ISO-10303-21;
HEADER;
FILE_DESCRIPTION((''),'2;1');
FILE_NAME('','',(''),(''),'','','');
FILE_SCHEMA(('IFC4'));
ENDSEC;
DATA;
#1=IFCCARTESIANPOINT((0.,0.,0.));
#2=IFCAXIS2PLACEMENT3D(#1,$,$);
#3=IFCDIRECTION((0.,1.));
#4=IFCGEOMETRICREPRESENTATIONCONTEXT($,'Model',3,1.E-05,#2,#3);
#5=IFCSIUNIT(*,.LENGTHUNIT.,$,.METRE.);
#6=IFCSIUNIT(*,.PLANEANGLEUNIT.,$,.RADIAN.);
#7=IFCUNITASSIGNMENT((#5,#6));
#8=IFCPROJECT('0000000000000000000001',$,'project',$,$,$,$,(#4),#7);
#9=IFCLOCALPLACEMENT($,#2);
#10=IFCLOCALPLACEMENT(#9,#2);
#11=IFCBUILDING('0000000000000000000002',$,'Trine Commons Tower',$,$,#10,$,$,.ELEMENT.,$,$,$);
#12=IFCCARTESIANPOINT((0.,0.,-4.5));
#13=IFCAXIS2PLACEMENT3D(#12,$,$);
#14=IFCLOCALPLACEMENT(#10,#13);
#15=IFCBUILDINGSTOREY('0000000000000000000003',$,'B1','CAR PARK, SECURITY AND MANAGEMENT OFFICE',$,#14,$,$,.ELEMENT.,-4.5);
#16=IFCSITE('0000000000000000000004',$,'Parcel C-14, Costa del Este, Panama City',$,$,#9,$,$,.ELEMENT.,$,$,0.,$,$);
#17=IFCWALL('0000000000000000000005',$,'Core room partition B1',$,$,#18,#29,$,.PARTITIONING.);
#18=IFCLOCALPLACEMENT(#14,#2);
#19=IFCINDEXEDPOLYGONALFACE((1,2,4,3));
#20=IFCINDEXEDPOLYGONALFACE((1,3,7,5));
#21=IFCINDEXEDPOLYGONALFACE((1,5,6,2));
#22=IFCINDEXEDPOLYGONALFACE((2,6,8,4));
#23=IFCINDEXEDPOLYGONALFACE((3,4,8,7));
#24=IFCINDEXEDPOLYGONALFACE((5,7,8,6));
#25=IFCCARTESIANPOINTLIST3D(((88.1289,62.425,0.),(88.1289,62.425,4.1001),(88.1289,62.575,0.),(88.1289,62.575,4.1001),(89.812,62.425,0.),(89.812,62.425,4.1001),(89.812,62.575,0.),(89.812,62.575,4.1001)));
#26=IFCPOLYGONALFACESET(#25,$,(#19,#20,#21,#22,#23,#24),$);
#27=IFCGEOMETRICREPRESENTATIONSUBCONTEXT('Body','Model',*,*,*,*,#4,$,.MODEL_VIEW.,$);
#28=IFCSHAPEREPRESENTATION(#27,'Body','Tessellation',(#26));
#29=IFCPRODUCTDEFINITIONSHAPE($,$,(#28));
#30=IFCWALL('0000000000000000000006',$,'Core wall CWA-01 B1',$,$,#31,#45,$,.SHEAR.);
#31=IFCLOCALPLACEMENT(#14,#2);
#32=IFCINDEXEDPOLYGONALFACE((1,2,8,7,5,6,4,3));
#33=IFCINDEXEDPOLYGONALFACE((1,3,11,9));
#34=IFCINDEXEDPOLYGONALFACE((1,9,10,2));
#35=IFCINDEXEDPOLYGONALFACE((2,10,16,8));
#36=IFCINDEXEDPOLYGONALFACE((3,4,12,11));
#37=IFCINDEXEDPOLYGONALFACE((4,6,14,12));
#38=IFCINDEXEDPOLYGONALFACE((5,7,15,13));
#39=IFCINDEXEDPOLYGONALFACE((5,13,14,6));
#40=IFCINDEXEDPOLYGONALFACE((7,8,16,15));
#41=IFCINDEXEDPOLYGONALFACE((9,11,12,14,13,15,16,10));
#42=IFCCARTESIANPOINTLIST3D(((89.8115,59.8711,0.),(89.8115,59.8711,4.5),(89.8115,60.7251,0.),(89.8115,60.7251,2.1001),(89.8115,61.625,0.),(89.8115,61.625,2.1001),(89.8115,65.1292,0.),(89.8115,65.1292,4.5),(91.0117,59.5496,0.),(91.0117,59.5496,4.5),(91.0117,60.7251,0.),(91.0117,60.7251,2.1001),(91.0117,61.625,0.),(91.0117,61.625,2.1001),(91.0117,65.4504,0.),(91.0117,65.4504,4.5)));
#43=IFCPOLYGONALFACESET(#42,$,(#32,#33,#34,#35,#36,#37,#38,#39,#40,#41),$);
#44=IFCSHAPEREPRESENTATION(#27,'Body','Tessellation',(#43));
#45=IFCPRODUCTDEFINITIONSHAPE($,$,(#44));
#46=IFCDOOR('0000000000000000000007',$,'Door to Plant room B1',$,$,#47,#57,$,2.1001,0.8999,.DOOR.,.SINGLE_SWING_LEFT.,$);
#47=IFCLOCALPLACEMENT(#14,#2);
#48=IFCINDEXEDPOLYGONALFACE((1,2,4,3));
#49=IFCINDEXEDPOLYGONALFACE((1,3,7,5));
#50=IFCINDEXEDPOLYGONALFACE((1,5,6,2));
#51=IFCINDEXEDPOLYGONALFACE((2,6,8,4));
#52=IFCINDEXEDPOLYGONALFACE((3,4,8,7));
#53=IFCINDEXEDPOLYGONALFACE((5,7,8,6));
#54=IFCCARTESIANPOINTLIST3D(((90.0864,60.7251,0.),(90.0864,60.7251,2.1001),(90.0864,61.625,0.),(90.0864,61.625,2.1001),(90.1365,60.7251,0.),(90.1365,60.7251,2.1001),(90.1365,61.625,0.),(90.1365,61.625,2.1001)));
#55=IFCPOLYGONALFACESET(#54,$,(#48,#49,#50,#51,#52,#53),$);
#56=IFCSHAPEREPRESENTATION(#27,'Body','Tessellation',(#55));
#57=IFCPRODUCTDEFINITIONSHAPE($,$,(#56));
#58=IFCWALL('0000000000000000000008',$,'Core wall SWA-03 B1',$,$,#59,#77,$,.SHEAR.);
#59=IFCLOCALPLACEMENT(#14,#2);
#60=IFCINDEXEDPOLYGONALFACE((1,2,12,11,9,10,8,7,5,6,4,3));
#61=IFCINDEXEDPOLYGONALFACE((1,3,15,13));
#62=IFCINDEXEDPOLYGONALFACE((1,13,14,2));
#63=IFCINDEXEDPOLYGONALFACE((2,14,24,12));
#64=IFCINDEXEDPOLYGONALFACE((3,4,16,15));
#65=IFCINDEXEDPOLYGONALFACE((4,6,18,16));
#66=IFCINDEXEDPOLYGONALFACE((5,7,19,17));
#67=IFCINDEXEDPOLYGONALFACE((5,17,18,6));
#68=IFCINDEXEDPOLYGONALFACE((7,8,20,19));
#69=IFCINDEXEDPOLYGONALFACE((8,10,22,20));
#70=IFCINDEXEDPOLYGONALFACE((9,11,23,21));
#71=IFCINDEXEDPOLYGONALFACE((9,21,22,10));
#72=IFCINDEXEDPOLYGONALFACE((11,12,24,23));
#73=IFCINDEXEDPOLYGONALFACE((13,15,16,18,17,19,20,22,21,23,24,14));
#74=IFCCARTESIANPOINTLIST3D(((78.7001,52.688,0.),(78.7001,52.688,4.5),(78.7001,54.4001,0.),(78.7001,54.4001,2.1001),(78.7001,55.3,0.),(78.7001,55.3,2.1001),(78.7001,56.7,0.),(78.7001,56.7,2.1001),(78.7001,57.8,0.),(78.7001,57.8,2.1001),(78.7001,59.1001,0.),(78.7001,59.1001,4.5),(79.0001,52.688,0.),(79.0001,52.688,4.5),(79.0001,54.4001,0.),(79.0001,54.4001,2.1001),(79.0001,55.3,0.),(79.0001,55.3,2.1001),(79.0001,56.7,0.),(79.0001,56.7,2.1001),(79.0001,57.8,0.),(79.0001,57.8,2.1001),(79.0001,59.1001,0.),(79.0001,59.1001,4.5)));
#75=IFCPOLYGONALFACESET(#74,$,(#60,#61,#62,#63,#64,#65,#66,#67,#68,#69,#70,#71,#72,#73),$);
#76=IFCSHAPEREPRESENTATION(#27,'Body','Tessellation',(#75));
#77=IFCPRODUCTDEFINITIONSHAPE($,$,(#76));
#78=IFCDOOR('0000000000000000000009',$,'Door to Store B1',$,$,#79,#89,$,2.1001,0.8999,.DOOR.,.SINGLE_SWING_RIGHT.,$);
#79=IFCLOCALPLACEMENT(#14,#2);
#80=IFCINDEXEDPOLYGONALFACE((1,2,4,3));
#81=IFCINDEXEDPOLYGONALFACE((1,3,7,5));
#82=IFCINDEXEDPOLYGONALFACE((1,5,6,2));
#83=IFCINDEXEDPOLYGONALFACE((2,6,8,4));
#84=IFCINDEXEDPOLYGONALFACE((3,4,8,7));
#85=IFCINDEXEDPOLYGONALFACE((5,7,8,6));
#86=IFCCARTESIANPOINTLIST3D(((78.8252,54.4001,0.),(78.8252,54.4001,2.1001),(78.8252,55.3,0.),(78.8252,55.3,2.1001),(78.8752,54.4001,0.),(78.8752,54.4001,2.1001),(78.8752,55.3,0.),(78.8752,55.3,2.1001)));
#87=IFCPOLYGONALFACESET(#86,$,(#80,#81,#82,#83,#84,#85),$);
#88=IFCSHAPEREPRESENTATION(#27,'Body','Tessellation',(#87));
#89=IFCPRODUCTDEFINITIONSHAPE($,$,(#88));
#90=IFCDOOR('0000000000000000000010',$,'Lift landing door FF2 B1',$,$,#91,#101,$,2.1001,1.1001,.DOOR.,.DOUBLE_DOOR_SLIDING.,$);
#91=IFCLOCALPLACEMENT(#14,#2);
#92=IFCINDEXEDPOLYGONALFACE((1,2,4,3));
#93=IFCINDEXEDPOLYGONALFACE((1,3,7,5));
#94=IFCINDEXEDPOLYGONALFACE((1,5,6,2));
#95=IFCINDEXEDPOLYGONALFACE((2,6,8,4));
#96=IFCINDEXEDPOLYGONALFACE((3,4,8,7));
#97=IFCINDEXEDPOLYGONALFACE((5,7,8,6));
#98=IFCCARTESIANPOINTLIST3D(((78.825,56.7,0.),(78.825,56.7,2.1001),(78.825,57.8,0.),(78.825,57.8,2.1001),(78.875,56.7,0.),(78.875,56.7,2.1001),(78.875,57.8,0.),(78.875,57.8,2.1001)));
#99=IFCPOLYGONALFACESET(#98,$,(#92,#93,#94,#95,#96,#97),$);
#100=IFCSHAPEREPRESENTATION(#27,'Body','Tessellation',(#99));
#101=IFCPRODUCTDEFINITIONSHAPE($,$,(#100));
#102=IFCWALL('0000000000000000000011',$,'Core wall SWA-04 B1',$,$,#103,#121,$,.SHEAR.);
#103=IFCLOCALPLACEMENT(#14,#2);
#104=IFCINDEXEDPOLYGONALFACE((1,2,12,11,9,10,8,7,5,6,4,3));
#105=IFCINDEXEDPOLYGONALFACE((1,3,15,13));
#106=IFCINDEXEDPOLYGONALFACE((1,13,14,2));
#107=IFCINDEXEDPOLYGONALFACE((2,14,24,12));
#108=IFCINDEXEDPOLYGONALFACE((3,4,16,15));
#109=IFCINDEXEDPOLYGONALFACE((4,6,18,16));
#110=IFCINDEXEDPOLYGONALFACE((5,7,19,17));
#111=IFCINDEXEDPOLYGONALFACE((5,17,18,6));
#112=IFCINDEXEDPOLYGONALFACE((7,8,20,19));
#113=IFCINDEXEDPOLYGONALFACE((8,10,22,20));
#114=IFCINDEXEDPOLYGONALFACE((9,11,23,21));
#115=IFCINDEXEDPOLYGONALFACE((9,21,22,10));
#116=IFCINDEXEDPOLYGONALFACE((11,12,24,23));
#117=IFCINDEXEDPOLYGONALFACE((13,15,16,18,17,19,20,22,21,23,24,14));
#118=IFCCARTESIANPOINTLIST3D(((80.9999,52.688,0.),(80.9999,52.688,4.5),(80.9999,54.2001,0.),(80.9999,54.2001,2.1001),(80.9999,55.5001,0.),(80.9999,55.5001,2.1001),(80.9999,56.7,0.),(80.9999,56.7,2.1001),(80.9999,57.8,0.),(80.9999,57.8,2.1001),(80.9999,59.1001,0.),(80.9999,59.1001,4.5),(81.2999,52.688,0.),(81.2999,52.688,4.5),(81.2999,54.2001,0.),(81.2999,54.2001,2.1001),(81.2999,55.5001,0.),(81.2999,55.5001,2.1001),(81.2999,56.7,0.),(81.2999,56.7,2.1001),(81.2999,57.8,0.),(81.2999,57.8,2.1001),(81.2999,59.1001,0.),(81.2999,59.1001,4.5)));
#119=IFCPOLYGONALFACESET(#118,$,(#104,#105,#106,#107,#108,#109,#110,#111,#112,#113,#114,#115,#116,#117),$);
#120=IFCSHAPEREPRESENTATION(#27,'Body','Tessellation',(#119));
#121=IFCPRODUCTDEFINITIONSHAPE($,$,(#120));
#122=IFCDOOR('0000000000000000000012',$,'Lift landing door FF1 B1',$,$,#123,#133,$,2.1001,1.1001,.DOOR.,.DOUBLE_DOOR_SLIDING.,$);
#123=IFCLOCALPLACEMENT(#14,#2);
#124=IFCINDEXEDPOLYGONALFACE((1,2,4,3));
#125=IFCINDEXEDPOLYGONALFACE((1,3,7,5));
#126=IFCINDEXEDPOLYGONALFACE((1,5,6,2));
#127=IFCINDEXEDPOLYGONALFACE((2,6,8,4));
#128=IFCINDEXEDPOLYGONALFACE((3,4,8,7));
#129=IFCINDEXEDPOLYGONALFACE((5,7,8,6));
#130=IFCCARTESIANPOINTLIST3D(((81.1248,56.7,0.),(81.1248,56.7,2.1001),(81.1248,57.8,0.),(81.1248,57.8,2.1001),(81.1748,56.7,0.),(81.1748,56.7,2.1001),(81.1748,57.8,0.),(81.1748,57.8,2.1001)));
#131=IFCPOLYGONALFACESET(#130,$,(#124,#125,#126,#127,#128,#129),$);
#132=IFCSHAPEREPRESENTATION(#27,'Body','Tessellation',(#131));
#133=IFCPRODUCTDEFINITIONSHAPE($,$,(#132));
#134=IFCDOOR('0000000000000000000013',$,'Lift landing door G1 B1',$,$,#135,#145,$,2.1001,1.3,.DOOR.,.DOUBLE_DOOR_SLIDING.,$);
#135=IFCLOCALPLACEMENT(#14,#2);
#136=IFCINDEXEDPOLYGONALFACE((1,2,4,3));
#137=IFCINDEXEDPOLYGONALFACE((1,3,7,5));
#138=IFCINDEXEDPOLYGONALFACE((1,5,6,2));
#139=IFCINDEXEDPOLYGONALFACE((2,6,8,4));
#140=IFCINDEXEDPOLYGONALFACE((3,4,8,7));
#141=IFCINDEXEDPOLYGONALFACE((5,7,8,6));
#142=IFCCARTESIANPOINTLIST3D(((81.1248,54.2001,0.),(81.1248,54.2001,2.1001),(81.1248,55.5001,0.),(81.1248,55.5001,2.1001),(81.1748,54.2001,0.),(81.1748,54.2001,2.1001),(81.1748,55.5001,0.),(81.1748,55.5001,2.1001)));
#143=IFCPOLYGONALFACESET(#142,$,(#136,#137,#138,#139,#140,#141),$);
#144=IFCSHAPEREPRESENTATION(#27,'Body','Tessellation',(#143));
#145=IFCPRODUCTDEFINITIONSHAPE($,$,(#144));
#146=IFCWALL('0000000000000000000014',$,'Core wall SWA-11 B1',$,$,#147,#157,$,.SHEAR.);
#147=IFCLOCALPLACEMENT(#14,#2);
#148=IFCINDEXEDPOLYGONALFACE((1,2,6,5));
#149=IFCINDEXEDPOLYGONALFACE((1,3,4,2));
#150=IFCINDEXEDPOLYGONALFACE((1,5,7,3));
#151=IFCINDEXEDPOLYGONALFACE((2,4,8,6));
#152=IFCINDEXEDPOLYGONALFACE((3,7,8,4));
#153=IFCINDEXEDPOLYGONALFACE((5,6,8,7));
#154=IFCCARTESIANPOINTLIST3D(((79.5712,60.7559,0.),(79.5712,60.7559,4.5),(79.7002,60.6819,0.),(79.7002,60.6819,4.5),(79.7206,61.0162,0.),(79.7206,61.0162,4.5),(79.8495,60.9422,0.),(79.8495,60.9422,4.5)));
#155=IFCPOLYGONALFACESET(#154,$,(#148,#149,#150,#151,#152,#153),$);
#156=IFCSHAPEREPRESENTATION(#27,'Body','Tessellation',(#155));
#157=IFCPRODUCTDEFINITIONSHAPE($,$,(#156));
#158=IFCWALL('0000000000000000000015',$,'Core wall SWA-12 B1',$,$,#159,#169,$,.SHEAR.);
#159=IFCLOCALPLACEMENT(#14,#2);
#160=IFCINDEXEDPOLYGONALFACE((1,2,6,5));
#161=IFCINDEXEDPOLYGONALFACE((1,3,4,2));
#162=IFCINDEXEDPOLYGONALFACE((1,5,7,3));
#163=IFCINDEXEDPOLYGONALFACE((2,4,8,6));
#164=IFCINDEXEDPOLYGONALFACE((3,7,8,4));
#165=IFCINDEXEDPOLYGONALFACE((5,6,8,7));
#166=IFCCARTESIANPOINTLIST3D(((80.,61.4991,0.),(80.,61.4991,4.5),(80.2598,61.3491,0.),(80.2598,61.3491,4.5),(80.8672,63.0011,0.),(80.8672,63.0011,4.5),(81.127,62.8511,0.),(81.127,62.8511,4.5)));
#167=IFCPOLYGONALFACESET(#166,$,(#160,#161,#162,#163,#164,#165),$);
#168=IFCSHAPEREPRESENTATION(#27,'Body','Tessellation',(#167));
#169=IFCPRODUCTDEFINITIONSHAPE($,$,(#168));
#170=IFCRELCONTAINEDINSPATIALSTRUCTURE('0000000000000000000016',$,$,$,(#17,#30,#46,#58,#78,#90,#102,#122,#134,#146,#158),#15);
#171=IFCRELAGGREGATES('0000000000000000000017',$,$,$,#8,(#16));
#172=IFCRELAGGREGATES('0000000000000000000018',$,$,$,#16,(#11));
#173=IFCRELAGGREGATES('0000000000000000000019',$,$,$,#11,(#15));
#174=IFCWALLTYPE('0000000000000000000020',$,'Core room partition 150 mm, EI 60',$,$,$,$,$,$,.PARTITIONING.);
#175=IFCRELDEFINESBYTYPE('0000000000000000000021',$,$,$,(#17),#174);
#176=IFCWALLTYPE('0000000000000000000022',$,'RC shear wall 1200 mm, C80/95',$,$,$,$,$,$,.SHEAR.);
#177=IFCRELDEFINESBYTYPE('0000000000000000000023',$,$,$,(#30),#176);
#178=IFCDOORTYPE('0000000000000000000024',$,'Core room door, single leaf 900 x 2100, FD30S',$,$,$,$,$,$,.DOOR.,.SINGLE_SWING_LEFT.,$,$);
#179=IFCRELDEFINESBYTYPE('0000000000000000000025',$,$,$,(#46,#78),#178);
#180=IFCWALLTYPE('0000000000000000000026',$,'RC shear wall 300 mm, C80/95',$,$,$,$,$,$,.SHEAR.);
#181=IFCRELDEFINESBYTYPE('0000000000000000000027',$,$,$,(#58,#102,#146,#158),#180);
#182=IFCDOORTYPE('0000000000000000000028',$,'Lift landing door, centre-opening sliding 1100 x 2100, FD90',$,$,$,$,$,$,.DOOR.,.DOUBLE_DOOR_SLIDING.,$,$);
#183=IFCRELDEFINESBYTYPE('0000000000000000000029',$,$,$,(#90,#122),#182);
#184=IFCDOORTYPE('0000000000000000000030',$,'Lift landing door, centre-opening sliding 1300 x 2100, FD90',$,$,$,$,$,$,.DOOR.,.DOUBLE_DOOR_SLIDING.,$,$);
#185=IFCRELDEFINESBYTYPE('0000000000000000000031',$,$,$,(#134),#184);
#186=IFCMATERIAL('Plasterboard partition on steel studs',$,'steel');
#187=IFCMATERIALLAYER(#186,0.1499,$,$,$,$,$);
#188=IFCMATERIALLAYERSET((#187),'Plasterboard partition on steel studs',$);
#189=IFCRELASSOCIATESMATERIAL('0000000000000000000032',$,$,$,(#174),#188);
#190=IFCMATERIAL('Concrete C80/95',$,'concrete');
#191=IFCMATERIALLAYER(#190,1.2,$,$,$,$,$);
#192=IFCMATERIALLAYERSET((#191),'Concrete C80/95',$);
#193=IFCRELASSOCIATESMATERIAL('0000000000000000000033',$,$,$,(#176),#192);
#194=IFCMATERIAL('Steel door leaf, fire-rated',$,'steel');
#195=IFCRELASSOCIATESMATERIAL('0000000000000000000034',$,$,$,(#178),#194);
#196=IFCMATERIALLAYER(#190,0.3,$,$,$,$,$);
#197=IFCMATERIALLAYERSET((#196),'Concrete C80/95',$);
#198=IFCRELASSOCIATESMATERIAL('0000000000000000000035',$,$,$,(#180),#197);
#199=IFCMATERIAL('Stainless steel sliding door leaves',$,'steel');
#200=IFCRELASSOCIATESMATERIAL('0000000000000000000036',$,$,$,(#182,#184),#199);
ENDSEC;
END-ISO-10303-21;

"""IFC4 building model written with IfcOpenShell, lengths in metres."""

from ifc_helpers import new_model, si_unit, direction, frame, frame_2d, origin, place, context, subcontext, project, spatial, polyline, rectangle, outline, extrude, material, layer, layer_set, type_object, element, fill, save


model = new_model("IFC4")

# Units and contexts
model_context = context("Model", 3, precision=1e-05, world=origin(), true_north=direction((0.0, 1.0)))
body_context = subcontext(model_context, "Body", "Model", "MODEL_VIEW")
ifc_project = project(units=[si_unit("LENGTHUNIT", "METRE"), si_unit("PLANEANGLEUNIT", "RADIAN")], contexts=[model_context])

# Site, building, storey
site_placement = place(None, origin())
site = spatial("IfcSite", under=ifc_project, at=site_placement, Name="Parcel C-14, Costa del Este, Panama City", CompositionType="ELEMENT", RefElevation=0.0)
building_placement = place(site_placement, origin())
building = spatial("IfcBuilding", under=site, at=building_placement, Name="Trine Commons Tower", CompositionType="ELEMENT")
storey_placement = place(building_placement, frame((0.0, 0.0, -4.5)))
storey = spatial("IfcBuildingStorey", under=building, at=storey_placement, Name="B1", Description="CAR PARK, SECURITY AND MANAGEMENT OFFICE", CompositionType="ELEMENT", Elevation=-4.5)

# Wall
ifc_material_1 = material(Name="Plasterboard partition on steel studs", Category="steel")
ifc_layer_1 = layer(ifc_material_1, 0.1499)
ifc_layer_set_1 = layer_set([ifc_layer_1], Name="Plasterboard partition on steel studs")
wall_type_1 = type_object("IfcWallType", Name="Core room partition 150 mm, EI 60", PredefinedType="PARTITIONING", material=ifc_layer_set_1)
wall_1_placement = place(storey_placement, frame((89.812, 62.5, 0.0), z_axis=(0.0, 0.0, 1.0), x_axis=(-1.0, 0.0, 0.0)))
element("IfcWall", 1, at=wall_1_placement, inside=storey, type_object=wall_type_1, Name="Core room partition B1", PredefinedType="PARTITIONING", context=body_context, shape_type="SweptSolid", body=[
    extrude(rectangle(XDim=1.6831, YDim=0.1499, at=frame_2d((0.8416, 0.0))), origin(), (0.0, 0.0, 1.0), 4.1001),
])

# Wall, opening, door
ifc_material_2 = material(Name="Concrete C80/95", Category="concrete")
ifc_layer_2 = layer(ifc_material_2, 1.2)
ifc_layer_set_2 = layer_set([ifc_layer_2], Name="Concrete C80/95")
wall_type_2 = type_object("IfcWallType", Name="RC shear wall 1200 mm, C80/95", PredefinedType="SHEAR", material=ifc_layer_set_2)
wall_2_placement = place(storey_placement, frame((90.4116, 59.5496, 0.0), z_axis=(0.0, 0.0, 1.0), x_axis=(0.0, 1.0, 0.0)))
wall_2 = element("IfcWall", 2, at=wall_2_placement, inside=storey, type_object=wall_type_2, Name="Core wall CWA-01 B1", PredefinedType="SHEAR", context=body_context, shape_type="SweptSolid", body=[
    extrude(outline(polyline([(0.0, -0.6001), (5.9009, -0.6001), (5.5796, 0.6001), (0.3215, 0.6001), (0.0, -0.6001)])), origin(), (0.0, 0.0, 1.0), 4.5),
])
opening_1_placement = place(wall_2_placement, frame((1.1755, 0.0, 0.0)))
opening_1 = element("IfcOpeningElement", 3, at=opening_1_placement, cuts=wall_2, PredefinedType="OPENING", context=body_context, shape_type="SweptSolid", body=[
    extrude(rectangle(XDim=0.8999, YDim=2.1001, at=frame_2d((0.45, 1.05))), frame((0.0, 0.6099, 0.0), z_axis=(0.0, -1.0, 0.0), x_axis=(1.0, 0.0, 0.0)), (0.0, 0.0, 1.0), 1.22),
])
ifc_material_3 = material(Name="Steel door leaf, fire-rated", Category="steel")
door_type_1 = type_object("IfcDoorType", Name="Core room door, single leaf 900 x 2100, FD30S", OperationType="SINGLE_SWING_LEFT", PredefinedType="DOOR", material=ifc_material_3)
door_1_placement = place(opening_1_placement, origin())
door_1 = element("IfcDoor", 4, at=door_1_placement, inside=storey, type_object=door_type_1, Name="Door to Plant room B1", OperationType="SINGLE_SWING_LEFT", OverallHeight=2.1001, OverallWidth=0.8999, PredefinedType="DOOR", context=body_context, shape_type="SweptSolid", body=[
    extrude(rectangle(XDim=0.8999, YDim=2.1001, at=frame_2d((0.45, 1.05))), frame((0.0, 0.3252, 0.0), z_axis=(0.0, -1.0, 0.0), x_axis=(1.0, 0.0, 0.0)), (0.0, 0.0, 1.0), 0.05),
])
fill(opening_1, door_1)

# Walls, openings, doors
ifc_layer_3 = layer(ifc_material_2, 0.3)
ifc_layer_set_3 = layer_set([ifc_layer_3], Name="Concrete C80/95")
wall_type_3 = type_object("IfcWallType", Name="RC shear wall 300 mm, C80/95", PredefinedType="SHEAR", material=ifc_layer_set_3)
wall_3_placement = place(storey_placement, frame((78.8501, 59.1001, 0.0), z_axis=(0.0, 0.0, 1.0), x_axis=(0.0, -1.0, 0.0)))
wall_3 = element("IfcWall", 5, at=wall_3_placement, inside=storey, type_object=wall_type_3, Name="Core wall SWA-03 B1", PredefinedType="SHEAR", context=body_context, shape_type="SweptSolid", body=[
    extrude(rectangle(XDim=6.4121, YDim=0.3, at=frame_2d((3.2061, 0.0))), origin(), (0.0, 0.0, 1.0), 4.5),
])
opening_2_placement = place(wall_3_placement, frame((3.8, 0.0, 0.0)))
opening_2 = element("IfcOpeningElement", 6, at=opening_2_placement, cuts=wall_3, PredefinedType="OPENING", context=body_context, shape_type="SweptSolid", body=[
    extrude(rectangle(XDim=0.8999, YDim=2.1001, at=frame_2d((0.45, 1.05))), frame((0.0, 0.1599, 0.0), z_axis=(0.0, -1.0, 0.0), x_axis=(1.0, 0.0, 0.0)), (0.0, 0.0, 1.0), 0.3201),
])
opening_3_placement = place(wall_3_placement, frame((1.3, 0.0, 0.0)))
opening_3 = element("IfcOpeningElement", 7, at=opening_3_placement, cuts=wall_3, PredefinedType="OPENING", context=body_context, shape_type="SweptSolid", body=[
    extrude(rectangle(XDim=1.1001, YDim=2.1001, at=frame_2d((0.55, 1.05))), frame((0.0, 0.1599, 0.0), z_axis=(0.0, -1.0, 0.0), x_axis=(1.0, 0.0, 0.0)), (0.0, 0.0, 1.0), 0.3201),
])
door_2_placement = place(opening_2_placement, frame((0.8999, 0.0, 0.0), z_axis=(0.0, 0.0, 1.0), x_axis=(-1.0, 0.0, 0.0)))
door_2 = element("IfcDoor", 8, at=door_2_placement, inside=storey, type_object=door_type_1, Name="Door to Store B1", OperationType="SINGLE_SWING_RIGHT", OverallHeight=2.1001, OverallWidth=0.8999, PredefinedType="DOOR", context=body_context, shape_type="SweptSolid", body=[
    extrude(rectangle(XDim=0.8999, YDim=2.1001, at=frame_2d((0.45, 1.05))), frame((0.0, 0.0249, 0.0), z_axis=(0.0, -1.0, 0.0), x_axis=(1.0, 0.0, 0.0)), (0.0, 0.0, 1.0), 0.05),
])
fill(opening_2, door_2)
ifc_material_4 = material(Name="Stainless steel sliding door leaves", Category="steel")
door_type_2 = type_object("IfcDoorType", Name="Lift landing door, centre-opening sliding 1100 x 2100, FD90", OperationType="DOUBLE_DOOR_SLIDING", PredefinedType="DOOR", material=ifc_material_4)
door_3_placement = place(opening_3_placement, origin())
door_3 = element("IfcDoor", 9, at=door_3_placement, inside=storey, type_object=door_type_2, Name="Lift landing door FF2 B1", OperationType="DOUBLE_DOOR_SLIDING", OverallHeight=2.1001, OverallWidth=1.1001, PredefinedType="DOOR", context=body_context, shape_type="SweptSolid", body=[
    extrude(rectangle(XDim=1.1001, YDim=2.1001, at=frame_2d((0.55, 1.05))), frame((0.0, 0.0249, 0.0), z_axis=(0.0, -1.0, 0.0), x_axis=(1.0, 0.0, 0.0)), (0.0, 0.0, 1.0), 0.05),
])
fill(opening_3, door_3)
wall_4_placement = place(storey_placement, frame((81.1499, 59.1001, 0.0), z_axis=(0.0, 0.0, 1.0), x_axis=(0.0, -1.0, 0.0)))
wall_4 = element("IfcWall", 10, at=wall_4_placement, inside=storey, type_object=wall_type_3, Name="Core wall SWA-04 B1", PredefinedType="SHEAR", context=body_context, shape_type="SweptSolid", body=[
    extrude(rectangle(XDim=6.4121, YDim=0.3, at=frame_2d((3.2061, 0.0))), origin(), (0.0, 0.0, 1.0), 4.5),
])
opening_4_placement = place(wall_4_placement, frame((3.6001, 0.0, 0.0)))
opening_4 = element("IfcOpeningElement", 11, at=opening_4_placement, cuts=wall_4, PredefinedType="OPENING", context=body_context, shape_type="SweptSolid", body=[
    extrude(rectangle(XDim=1.3, YDim=2.1001, at=frame_2d((0.6499, 1.05))), frame((0.0, 0.1599, 0.0), z_axis=(0.0, -1.0, 0.0), x_axis=(1.0, 0.0, 0.0)), (0.0, 0.0, 1.0), 0.3201),
])
opening_5_placement = place(wall_4_placement, frame((1.3, 0.0, 0.0)))
opening_5 = element("IfcOpeningElement", 12, at=opening_5_placement, cuts=wall_4, PredefinedType="OPENING", context=body_context, shape_type="SweptSolid", body=[
    extrude(rectangle(XDim=1.1001, YDim=2.1001, at=frame_2d((0.55, 1.05))), frame((0.0, 0.1599, 0.0), z_axis=(0.0, -1.0, 0.0), x_axis=(1.0, 0.0, 0.0)), (0.0, 0.0, 1.0), 0.3201),
])
door_4_placement = place(opening_5_placement, origin())
door_4 = element("IfcDoor", 13, at=door_4_placement, inside=storey, type_object=door_type_2, Name="Lift landing door FF1 B1", OperationType="DOUBLE_DOOR_SLIDING", OverallHeight=2.1001, OverallWidth=1.1001, PredefinedType="DOOR", context=body_context, shape_type="SweptSolid", body=[
    extrude(rectangle(XDim=1.1001, YDim=2.1001, at=frame_2d((0.55, 1.05))), frame((0.0, 0.0249, 0.0), z_axis=(0.0, -1.0, 0.0), x_axis=(1.0, 0.0, 0.0)), (0.0, 0.0, 1.0), 0.05),
])
fill(opening_5, door_4)
door_type_3 = type_object("IfcDoorType", Name="Lift landing door, centre-opening sliding 1300 x 2100, FD90", OperationType="DOUBLE_DOOR_SLIDING", PredefinedType="DOOR", material=ifc_material_4)
door_5_placement = place(opening_4_placement, origin())
door_5 = element("IfcDoor", 14, at=door_5_placement, inside=storey, type_object=door_type_3, Name="Lift landing door G1 B1", OperationType="DOUBLE_DOOR_SLIDING", OverallHeight=2.1001, OverallWidth=1.3, PredefinedType="DOOR", context=body_context, shape_type="SweptSolid", body=[
    extrude(rectangle(XDim=1.3, YDim=2.1001, at=frame_2d((0.6499, 1.05))), frame((0.0, 0.0249, 0.0), z_axis=(0.0, -1.0, 0.0), x_axis=(1.0, 0.0, 0.0)), (0.0, 0.0, 1.0), 0.05),
])
fill(opening_4, door_5)

# Walls
wall_5_placement = place(storey_placement, frame((79.646, 60.886, 0.0), z_axis=(0.0, 0.0, 1.0), x_axis=(0.867332, -0.49773, 0.0)))
element("IfcWall", 15, at=wall_5_placement, inside=storey, type_object=wall_type_3, Name="Core wall SWA-11 B1", PredefinedType="SHEAR", context=body_context, shape_type="SweptSolid", body=[
    extrude(rectangle(XDim=0.1487, YDim=0.3, at=frame_2d((0.0742, 0.0))), origin(), (0.0, 0.0, 1.0), 4.5),
])
wall_6_placement = place(storey_placement, frame((80.1299, 61.4241, 0.0), z_axis=(0.0, 0.0, 1.0), x_axis=(0.500015, 0.866017, 0.0)))
element("IfcWall", 16, at=wall_6_placement, inside=storey, type_object=wall_type_3, Name="Core wall SWA-12 B1", PredefinedType="SHEAR", context=body_context, shape_type="SweptSolid", body=[
    extrude(rectangle(XDim=1.7344, YDim=0.3, at=frame_2d((0.8672, 0.0))), origin(), (0.0, 0.0, 1.0), 4.5),
])

save(model, "model.ifc")
